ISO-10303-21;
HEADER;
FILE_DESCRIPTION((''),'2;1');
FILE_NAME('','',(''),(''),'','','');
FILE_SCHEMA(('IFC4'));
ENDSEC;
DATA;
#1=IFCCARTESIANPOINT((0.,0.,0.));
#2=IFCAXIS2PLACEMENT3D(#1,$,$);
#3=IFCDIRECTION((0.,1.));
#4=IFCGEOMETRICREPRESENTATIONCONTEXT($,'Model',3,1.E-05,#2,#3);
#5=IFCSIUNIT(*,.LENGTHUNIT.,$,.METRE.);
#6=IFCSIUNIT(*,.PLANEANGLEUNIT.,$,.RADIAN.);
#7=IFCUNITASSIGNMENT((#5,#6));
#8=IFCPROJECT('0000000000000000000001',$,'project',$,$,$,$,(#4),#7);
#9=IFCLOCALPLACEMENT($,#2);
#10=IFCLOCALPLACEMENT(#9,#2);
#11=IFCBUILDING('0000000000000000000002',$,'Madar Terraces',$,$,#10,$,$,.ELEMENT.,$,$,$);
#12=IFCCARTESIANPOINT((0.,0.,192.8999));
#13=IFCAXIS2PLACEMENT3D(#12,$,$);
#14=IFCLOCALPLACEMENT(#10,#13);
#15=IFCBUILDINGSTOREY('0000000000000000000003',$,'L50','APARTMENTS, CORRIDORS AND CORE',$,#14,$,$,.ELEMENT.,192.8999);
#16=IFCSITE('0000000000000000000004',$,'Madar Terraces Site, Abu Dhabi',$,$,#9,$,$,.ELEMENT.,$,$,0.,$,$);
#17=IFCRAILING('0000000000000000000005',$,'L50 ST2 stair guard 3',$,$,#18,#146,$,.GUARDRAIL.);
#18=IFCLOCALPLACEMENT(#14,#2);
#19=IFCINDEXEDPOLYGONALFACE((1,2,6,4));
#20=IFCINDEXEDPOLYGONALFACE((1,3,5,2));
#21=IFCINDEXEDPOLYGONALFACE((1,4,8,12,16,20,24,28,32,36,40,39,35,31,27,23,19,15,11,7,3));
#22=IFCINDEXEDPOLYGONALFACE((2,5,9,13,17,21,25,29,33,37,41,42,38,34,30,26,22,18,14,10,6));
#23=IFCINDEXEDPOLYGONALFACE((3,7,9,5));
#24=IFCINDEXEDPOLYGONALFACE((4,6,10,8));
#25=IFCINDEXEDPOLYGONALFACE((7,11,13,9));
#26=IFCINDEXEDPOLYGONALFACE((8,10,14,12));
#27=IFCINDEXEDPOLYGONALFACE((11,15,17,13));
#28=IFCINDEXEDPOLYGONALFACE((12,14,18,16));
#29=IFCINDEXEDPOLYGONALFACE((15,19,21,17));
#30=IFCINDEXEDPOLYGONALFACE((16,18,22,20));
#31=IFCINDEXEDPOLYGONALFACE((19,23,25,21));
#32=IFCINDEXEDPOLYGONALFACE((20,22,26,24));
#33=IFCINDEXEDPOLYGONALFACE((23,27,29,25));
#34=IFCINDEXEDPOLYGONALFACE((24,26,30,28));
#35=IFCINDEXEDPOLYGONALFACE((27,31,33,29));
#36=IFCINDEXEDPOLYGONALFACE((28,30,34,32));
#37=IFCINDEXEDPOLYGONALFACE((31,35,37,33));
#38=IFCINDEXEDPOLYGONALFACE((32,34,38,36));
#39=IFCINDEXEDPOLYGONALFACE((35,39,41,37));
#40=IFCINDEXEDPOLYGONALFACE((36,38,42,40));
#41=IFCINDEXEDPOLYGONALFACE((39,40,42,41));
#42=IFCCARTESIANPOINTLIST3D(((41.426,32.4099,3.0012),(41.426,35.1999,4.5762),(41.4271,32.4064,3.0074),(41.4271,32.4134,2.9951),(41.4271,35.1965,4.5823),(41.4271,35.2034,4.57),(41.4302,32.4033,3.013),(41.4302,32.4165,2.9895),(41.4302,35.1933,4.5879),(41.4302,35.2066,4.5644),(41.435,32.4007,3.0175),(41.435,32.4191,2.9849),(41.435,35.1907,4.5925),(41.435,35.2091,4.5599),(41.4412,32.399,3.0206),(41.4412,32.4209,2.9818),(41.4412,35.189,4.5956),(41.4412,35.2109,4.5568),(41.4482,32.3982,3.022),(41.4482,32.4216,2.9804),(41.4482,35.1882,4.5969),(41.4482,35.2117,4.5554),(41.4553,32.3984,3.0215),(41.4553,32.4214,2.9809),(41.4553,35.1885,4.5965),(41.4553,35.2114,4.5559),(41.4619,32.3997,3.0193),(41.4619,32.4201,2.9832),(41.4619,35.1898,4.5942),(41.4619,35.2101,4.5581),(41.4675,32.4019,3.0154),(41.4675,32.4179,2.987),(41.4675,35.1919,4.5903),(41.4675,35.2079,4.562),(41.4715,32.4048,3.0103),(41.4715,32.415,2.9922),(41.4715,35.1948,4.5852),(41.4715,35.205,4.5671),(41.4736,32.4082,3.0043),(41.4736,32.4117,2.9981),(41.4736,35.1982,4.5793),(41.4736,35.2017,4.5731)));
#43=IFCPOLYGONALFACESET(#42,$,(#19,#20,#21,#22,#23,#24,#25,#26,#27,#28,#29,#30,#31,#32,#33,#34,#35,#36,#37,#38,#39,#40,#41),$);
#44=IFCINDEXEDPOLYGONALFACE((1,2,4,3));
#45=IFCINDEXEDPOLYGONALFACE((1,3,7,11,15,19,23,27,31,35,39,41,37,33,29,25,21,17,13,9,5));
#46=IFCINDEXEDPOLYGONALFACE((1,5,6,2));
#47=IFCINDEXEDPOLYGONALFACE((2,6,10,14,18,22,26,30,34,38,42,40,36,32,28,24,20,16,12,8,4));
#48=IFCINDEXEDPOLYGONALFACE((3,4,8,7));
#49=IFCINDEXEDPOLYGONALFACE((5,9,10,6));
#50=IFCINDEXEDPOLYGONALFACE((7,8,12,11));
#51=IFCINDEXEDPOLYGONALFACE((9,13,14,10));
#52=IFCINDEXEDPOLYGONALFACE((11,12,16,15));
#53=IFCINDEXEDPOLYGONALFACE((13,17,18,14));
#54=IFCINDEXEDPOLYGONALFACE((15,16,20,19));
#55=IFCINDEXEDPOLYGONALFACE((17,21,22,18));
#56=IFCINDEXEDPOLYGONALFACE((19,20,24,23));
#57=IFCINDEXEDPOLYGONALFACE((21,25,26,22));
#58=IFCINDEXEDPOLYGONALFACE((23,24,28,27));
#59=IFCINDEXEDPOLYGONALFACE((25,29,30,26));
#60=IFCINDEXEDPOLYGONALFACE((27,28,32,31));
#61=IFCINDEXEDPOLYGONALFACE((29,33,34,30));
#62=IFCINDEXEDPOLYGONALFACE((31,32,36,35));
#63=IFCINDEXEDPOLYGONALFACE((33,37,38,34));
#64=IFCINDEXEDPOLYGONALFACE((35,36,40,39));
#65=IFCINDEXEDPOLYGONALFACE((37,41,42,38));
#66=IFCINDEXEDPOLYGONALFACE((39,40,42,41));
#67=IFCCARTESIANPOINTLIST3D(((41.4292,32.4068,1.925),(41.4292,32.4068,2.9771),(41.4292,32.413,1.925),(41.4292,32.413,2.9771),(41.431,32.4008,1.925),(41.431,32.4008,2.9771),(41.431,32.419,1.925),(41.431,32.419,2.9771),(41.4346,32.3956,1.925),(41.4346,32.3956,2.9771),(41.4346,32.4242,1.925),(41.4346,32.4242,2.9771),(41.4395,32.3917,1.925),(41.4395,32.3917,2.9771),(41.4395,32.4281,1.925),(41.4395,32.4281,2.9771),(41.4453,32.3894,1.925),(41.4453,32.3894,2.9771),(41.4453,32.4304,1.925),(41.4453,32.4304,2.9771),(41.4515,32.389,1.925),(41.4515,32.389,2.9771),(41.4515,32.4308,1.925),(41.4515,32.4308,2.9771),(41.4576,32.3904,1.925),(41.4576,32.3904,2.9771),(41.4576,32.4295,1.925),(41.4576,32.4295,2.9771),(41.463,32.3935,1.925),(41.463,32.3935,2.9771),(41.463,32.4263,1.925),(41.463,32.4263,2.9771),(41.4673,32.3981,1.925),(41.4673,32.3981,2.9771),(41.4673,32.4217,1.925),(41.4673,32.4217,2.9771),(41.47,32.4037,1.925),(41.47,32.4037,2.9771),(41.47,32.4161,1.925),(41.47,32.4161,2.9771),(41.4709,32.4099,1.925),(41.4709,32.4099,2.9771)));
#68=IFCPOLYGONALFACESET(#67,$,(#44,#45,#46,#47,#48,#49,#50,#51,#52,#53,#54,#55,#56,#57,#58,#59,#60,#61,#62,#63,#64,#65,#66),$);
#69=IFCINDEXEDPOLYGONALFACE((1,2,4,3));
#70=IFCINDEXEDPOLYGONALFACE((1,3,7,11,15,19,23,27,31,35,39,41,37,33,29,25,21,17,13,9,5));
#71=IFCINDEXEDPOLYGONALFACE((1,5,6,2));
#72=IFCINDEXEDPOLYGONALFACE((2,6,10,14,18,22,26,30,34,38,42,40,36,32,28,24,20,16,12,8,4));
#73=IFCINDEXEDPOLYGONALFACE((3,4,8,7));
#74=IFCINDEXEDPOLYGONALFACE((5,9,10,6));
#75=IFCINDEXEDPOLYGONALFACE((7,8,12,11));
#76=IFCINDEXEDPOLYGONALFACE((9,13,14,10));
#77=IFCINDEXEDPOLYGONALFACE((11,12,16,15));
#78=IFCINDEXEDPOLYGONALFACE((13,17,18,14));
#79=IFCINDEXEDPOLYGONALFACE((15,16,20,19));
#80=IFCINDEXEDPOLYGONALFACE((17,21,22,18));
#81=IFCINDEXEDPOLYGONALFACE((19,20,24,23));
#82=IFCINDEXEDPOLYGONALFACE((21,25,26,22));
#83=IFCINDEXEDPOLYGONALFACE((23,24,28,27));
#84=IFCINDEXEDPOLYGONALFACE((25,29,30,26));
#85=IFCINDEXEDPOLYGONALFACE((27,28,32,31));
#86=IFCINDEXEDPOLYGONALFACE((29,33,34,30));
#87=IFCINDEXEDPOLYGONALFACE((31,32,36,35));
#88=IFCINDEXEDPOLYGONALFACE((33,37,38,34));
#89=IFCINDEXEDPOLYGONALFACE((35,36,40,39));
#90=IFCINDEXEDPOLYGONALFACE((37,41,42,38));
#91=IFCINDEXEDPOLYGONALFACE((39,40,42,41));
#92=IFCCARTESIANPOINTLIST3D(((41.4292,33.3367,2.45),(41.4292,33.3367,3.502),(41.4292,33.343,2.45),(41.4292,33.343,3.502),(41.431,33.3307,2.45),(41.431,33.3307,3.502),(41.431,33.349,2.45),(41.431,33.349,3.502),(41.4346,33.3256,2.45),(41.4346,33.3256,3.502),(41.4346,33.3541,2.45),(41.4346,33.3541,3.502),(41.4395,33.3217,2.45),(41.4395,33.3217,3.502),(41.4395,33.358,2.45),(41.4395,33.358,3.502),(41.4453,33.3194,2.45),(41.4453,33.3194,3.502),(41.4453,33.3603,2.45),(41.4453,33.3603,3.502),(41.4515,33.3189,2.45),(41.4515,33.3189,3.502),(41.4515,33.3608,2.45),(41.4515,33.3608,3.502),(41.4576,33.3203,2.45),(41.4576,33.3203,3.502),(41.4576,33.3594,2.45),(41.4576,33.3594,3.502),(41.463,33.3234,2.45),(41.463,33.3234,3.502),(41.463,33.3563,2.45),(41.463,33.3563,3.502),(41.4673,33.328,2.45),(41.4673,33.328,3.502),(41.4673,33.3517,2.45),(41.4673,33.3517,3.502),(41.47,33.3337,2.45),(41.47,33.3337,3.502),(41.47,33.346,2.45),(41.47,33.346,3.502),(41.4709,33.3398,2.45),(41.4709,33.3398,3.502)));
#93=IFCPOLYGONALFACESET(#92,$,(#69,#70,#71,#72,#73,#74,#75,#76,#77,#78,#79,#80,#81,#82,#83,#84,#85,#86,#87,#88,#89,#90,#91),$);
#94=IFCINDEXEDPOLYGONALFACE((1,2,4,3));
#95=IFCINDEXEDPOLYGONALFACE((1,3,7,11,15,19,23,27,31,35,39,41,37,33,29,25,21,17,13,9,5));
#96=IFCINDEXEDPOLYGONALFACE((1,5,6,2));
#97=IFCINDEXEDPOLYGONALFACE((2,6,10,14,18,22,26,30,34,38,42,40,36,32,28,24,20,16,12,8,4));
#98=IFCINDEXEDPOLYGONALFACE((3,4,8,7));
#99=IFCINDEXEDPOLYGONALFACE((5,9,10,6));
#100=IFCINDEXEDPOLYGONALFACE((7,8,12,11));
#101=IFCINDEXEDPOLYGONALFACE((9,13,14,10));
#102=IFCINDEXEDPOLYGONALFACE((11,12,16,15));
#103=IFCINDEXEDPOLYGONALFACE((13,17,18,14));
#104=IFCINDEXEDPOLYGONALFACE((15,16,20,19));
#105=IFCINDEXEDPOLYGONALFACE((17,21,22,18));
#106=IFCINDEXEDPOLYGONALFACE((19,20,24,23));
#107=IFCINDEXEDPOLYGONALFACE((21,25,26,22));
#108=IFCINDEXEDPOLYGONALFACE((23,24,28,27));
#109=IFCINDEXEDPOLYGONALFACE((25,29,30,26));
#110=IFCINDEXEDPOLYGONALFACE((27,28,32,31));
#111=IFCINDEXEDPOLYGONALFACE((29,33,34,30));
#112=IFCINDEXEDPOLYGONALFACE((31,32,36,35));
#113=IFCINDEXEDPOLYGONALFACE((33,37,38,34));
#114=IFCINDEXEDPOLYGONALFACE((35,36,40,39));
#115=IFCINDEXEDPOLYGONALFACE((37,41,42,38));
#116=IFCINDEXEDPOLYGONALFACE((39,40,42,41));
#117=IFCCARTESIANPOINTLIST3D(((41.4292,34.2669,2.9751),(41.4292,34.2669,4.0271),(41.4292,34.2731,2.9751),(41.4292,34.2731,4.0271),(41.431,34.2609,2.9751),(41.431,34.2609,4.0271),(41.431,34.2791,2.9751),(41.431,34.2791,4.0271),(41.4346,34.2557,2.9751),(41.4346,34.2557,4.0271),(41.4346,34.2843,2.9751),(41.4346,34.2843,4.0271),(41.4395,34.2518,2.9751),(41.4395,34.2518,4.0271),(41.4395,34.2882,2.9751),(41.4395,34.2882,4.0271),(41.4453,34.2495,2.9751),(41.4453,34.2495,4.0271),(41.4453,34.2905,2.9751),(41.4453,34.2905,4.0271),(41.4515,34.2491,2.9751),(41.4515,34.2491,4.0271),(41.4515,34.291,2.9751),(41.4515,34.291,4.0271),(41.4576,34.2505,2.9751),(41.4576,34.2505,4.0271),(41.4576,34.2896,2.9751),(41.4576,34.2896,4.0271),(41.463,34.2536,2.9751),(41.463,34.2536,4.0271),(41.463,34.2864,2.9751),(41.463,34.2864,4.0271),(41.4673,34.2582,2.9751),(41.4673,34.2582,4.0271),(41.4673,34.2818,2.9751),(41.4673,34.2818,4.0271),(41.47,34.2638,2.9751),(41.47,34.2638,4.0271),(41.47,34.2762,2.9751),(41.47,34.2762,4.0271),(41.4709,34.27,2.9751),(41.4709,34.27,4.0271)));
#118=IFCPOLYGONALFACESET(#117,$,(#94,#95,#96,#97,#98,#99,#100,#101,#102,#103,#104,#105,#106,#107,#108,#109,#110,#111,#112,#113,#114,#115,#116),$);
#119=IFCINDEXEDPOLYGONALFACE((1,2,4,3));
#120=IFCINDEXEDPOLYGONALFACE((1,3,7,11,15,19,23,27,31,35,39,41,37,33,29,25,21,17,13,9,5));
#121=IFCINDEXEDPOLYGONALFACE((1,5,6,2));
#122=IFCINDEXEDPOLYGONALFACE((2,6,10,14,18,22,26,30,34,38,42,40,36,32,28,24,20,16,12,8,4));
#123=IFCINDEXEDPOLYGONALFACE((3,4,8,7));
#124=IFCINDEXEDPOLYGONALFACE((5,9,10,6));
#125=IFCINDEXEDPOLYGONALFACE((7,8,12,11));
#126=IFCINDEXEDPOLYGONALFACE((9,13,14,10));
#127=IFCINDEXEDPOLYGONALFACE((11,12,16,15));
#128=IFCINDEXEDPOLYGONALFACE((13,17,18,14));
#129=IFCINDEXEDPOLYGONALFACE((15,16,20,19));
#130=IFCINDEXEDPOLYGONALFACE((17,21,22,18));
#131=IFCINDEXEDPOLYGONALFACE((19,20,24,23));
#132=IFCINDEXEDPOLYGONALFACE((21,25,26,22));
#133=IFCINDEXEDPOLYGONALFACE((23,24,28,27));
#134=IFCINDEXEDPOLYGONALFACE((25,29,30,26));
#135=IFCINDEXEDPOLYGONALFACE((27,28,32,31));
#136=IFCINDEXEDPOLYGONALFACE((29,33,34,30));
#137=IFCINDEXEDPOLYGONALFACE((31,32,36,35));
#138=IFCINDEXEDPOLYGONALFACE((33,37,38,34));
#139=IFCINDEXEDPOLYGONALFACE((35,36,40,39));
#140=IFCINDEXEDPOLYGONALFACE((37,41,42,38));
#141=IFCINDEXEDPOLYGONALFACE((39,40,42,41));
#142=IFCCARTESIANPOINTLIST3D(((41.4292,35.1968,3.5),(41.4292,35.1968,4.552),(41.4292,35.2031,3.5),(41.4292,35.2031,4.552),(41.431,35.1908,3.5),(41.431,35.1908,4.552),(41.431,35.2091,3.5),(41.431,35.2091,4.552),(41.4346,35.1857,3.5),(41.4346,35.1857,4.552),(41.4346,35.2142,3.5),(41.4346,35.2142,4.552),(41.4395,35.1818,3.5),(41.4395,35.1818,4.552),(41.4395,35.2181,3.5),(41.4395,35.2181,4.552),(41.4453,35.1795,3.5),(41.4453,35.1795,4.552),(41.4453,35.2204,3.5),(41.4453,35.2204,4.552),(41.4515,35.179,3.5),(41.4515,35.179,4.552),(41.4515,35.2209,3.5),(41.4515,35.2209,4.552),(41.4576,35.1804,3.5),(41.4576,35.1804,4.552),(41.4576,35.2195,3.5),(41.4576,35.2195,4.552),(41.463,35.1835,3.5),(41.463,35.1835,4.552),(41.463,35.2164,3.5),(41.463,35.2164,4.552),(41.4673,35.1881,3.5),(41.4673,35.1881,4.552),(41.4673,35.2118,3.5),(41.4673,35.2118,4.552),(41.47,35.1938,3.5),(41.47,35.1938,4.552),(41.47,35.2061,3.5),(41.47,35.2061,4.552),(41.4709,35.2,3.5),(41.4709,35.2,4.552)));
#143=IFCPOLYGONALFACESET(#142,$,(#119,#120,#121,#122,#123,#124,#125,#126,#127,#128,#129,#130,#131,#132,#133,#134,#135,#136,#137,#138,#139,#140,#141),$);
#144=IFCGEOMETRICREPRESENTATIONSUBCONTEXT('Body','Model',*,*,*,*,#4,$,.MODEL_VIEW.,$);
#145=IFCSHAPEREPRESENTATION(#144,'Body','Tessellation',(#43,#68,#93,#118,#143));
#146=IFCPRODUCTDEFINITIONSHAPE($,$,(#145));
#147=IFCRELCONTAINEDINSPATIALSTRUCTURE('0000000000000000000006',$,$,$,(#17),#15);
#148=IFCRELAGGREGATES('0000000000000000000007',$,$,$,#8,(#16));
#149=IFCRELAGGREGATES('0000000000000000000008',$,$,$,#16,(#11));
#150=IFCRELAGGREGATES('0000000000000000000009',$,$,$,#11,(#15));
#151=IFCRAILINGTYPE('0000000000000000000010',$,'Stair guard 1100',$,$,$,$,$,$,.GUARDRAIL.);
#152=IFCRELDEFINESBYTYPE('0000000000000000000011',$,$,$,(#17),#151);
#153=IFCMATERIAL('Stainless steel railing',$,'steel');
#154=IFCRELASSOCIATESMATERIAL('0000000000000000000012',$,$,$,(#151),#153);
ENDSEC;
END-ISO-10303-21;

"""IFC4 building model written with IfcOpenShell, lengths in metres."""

from ifc_helpers import new_model, si_unit, direction, frame, origin, origin_2d, place, context, subcontext, project, spatial, circle, extrude, material, type_object, element, save


model = new_model("IFC4")

# Units and contexts
model_context = context("Model", 3, precision=1e-05, world=origin(), true_north=direction((0.0, 1.0)))
body_context = subcontext(model_context, "Body", "Model", "MODEL_VIEW")
ifc_project = project(units=[si_unit("LENGTHUNIT", "METRE"), si_unit("PLANEANGLEUNIT", "RADIAN")], contexts=[model_context])

# Site, building, storey
site_placement = place(None, origin())
site = spatial("IfcSite", under=ifc_project, at=site_placement, Name="Madar Terraces Site, Abu Dhabi", CompositionType="ELEMENT", RefElevation=0.0)
building_placement = place(site_placement, origin())
building = spatial("IfcBuilding", under=site, at=building_placement, Name="Madar Terraces", CompositionType="ELEMENT")
storey_placement = place(building_placement, frame((0.0, 0.0, 192.8999)))
storey = spatial("IfcBuildingStorey", under=building, at=storey_placement, Name="L50", Description="APARTMENTS, CORRIDORS AND CORE", CompositionType="ELEMENT", Elevation=192.8999)

# Railing
ifc_material_1 = material(Name="Stainless steel railing", Category="steel")
railing_type_1 = type_object("IfcRailingType", Name="Stair guard 1100", PredefinedType="GUARDRAIL", material=ifc_material_1)
railing_1_placement = place(storey_placement, frame((41.45, 32.4099, 1.925)))
element("IfcRailing", 1, at=railing_1_placement, inside=storey, type_object=railing_type_1, Name="L50 ST2 stair guard 3", PredefinedType="GUARDRAIL", context=body_context, shape_type="SweptSolid", body=[
    extrude(circle(Radius=0.0239, at=origin_2d()), frame((0.0, 0.0, 1.0762), z_axis=(0.0, 0.870834, 0.491578), x_axis=(-1.0, 0.0, 0.0)), (0.0, 0.0, 1.0), 3.2039),
    extrude(circle(Radius=0.021, at=origin_2d()), origin(), (0.0, 0.0, 1.0), 1.052),
    extrude(circle(Radius=0.021, at=origin_2d()), frame((0.0, 0.9299, 0.5249)), (0.0, 0.0, 1.0), 1.052),
    extrude(circle(Radius=0.021, at=origin_2d()), frame((0.0, 1.8601, 1.05)), (0.0, 0.0, 1.0), 1.052),
    extrude(circle(Radius=0.021, at=origin_2d()), frame((0.0, 2.79, 1.575)), (0.0, 0.0, 1.0), 1.052),
])

save(model, "model.ifc")
